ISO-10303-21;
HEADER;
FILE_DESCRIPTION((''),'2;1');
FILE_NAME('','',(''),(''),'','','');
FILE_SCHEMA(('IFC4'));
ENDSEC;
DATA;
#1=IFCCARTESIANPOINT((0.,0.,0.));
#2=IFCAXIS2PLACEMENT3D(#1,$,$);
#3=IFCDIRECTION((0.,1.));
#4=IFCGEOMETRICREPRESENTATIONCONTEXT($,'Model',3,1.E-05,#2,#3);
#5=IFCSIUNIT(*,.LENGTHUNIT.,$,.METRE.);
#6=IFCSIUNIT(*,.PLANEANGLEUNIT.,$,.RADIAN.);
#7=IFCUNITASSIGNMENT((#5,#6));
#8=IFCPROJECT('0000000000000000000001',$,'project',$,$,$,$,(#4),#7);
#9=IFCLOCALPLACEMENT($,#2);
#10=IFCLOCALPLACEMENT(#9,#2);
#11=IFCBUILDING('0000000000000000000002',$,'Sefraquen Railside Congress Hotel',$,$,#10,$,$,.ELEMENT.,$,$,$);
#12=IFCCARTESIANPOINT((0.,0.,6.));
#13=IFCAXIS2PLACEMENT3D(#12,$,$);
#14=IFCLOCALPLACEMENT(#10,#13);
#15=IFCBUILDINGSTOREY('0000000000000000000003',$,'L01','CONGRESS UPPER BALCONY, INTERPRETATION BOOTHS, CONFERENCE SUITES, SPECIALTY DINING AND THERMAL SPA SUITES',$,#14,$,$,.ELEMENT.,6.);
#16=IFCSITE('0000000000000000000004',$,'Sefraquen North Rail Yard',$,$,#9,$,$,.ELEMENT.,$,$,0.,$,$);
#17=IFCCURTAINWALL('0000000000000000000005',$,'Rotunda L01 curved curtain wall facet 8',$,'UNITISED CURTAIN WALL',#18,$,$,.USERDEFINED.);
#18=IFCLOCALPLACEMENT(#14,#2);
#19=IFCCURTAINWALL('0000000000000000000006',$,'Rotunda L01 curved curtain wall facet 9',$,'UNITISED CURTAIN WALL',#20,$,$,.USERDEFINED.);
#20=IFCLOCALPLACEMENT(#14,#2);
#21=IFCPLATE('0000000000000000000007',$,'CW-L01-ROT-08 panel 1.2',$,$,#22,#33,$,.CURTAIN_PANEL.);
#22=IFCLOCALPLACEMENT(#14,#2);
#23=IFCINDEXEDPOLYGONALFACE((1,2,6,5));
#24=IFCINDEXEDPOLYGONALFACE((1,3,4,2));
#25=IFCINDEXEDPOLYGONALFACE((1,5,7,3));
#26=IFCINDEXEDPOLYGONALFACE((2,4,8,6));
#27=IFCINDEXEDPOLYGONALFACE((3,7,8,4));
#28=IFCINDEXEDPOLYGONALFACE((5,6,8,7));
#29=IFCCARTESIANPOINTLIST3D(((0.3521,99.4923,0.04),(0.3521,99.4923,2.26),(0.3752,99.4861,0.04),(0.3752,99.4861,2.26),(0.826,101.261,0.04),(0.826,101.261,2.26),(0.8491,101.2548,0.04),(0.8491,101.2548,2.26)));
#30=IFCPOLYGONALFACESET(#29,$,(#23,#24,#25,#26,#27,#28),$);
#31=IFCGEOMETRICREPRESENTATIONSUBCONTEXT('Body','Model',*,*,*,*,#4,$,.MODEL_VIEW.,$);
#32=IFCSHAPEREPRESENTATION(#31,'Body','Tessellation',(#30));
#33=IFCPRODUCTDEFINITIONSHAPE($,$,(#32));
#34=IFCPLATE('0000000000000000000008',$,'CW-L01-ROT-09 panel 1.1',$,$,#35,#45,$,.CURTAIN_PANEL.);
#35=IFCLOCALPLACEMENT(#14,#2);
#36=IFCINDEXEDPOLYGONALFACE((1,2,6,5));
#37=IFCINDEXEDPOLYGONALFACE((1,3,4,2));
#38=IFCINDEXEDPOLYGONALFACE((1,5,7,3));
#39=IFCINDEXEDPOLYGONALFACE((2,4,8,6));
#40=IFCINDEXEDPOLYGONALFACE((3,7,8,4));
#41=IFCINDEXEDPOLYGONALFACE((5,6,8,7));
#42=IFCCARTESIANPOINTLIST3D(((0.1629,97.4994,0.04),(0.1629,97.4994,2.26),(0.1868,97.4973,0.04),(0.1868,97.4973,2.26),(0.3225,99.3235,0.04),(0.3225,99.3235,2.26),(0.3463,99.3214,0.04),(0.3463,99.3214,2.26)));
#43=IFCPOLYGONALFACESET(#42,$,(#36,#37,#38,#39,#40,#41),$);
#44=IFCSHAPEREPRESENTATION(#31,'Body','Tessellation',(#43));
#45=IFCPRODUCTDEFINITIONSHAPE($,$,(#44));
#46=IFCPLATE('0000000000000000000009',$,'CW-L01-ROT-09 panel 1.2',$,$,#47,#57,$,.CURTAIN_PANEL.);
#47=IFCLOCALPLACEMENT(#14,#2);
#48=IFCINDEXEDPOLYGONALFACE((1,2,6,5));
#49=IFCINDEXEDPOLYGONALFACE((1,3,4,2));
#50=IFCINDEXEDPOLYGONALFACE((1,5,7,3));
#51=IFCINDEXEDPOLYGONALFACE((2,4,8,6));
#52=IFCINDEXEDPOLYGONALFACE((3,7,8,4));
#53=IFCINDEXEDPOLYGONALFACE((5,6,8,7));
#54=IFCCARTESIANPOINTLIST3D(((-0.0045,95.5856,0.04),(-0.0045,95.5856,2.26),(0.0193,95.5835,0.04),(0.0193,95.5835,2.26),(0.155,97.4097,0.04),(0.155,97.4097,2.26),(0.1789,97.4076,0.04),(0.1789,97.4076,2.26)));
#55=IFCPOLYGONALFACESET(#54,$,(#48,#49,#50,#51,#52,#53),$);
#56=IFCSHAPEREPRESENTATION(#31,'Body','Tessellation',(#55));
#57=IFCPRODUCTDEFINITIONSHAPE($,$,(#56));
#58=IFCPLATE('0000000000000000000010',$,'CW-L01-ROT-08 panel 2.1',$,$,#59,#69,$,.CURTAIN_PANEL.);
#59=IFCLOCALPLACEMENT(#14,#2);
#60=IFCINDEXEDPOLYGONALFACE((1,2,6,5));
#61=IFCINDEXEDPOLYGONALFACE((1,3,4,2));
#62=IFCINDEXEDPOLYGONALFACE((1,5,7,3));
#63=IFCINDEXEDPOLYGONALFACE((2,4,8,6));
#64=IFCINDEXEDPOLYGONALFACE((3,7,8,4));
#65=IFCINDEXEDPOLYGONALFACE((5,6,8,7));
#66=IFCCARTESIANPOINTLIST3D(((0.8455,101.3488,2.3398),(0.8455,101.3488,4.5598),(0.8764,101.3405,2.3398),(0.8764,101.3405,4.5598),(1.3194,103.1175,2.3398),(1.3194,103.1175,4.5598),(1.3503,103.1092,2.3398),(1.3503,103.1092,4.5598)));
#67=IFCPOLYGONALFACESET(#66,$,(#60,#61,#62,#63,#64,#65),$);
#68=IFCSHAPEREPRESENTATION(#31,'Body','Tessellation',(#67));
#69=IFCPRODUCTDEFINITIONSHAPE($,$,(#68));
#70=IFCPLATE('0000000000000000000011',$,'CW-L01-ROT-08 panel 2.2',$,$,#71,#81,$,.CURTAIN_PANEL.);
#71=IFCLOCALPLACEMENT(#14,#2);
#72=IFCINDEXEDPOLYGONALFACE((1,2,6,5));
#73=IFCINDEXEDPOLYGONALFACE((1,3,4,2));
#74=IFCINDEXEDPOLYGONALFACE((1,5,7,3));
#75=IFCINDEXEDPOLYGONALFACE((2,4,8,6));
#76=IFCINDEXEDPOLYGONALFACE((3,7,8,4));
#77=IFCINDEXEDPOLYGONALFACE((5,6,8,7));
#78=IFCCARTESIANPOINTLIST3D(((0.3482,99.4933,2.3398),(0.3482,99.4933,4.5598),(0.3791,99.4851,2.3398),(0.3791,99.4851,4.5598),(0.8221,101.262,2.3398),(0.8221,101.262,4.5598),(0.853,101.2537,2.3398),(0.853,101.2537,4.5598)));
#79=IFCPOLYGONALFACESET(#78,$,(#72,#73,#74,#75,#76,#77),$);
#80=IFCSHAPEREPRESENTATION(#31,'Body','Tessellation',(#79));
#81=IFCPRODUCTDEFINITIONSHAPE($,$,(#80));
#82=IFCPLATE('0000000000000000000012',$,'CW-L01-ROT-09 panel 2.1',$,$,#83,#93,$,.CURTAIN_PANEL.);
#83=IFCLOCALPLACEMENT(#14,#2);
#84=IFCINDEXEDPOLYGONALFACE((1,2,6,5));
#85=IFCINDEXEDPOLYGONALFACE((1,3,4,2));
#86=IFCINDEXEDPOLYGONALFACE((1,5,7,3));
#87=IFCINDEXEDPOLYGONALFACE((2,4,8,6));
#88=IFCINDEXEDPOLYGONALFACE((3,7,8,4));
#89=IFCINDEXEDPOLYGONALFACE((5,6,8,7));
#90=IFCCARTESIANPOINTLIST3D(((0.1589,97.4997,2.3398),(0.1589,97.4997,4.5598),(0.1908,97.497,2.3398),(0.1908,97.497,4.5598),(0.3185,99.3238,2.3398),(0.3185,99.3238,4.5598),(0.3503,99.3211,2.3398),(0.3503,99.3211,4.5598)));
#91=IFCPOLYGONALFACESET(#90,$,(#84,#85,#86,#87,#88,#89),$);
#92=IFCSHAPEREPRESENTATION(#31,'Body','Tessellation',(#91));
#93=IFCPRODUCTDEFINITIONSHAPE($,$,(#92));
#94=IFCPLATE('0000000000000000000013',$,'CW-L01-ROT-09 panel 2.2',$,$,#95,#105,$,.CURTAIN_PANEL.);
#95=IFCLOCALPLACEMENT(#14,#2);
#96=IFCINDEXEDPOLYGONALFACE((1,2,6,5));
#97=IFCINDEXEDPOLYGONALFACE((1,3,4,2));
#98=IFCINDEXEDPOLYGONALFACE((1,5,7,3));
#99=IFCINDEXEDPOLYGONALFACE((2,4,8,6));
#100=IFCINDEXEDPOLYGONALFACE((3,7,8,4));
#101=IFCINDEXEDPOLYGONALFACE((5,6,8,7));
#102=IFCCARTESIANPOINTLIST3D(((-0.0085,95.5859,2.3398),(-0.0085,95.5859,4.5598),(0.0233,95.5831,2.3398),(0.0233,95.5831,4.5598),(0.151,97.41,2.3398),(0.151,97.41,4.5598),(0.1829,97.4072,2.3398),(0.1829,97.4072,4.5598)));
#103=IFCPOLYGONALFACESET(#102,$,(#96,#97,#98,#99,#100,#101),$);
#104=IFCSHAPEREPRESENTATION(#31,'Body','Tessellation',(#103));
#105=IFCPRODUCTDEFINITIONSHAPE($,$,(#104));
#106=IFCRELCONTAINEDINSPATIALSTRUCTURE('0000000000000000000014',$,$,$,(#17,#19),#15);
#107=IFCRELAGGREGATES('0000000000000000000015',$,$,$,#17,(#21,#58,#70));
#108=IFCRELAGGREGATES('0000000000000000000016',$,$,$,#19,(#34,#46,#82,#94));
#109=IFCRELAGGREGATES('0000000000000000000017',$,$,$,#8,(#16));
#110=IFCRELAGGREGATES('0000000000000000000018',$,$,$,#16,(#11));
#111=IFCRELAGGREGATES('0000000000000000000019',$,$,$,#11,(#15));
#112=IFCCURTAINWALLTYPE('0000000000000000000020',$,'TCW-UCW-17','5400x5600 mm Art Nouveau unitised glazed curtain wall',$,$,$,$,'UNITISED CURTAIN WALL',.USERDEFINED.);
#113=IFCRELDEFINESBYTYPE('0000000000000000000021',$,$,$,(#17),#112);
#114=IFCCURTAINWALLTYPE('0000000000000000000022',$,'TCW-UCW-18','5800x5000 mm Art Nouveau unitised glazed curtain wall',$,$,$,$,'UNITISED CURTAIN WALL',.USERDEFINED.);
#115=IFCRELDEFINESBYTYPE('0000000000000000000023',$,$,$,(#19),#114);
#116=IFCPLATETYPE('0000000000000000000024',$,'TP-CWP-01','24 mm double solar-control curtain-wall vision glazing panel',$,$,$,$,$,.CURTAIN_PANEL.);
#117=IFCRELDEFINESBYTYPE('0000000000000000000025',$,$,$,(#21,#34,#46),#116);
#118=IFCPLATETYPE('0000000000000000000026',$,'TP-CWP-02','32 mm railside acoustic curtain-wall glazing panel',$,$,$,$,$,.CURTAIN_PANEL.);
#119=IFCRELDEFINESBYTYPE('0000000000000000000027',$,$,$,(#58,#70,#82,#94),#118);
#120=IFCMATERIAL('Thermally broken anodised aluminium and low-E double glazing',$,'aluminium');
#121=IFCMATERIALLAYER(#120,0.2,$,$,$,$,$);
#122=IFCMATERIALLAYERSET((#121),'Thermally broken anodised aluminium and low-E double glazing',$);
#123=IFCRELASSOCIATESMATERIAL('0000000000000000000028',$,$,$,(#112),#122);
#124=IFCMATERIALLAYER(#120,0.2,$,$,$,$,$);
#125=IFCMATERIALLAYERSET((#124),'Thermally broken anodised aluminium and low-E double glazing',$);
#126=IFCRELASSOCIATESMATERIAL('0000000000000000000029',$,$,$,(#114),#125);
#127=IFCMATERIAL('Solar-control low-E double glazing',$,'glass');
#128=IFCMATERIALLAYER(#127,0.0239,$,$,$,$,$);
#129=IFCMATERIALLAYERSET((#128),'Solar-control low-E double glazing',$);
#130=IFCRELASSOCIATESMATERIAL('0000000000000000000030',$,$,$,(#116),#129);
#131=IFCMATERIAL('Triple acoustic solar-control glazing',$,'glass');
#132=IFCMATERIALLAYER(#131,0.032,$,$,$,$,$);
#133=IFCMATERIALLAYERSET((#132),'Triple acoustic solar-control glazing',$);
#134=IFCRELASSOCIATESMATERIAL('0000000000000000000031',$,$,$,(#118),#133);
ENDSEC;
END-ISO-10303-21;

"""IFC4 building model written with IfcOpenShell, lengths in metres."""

from ifc_helpers import new_model, si_unit, direction, frame, origin, origin_2d, place, context, subcontext, project, spatial, rectangle, extrude, material, layer, layer_set, type_object, element, aggregate, save


model = new_model("IFC4")

# Units and contexts
model_context = context("Model", 3, precision=1e-05, world=origin(), true_north=direction((0.0, 1.0)))
body_context = subcontext(model_context, "Body", "Model", "MODEL_VIEW")
ifc_project = project(units=[si_unit("LENGTHUNIT", "METRE"), si_unit("PLANEANGLEUNIT", "RADIAN")], contexts=[model_context])

# Site, building, storey
site_placement = place(None, origin())
site = spatial("IfcSite", under=ifc_project, at=site_placement, Name="Sefraquen North Rail Yard", CompositionType="ELEMENT", RefElevation=0.0)
building_placement = place(site_placement, origin())
building = spatial("IfcBuilding", under=site, at=building_placement, Name="Sefraquen Railside Congress Hotel", CompositionType="ELEMENT")
storey_placement = place(building_placement, frame((0.0, 0.0, 6.0)))
storey = spatial("IfcBuildingStorey", under=building, at=storey_placement, Name="L01", Description="CONGRESS UPPER BALCONY, INTERPRETATION BOOTHS, CONFERENCE SUITES, SPECIALTY DINING AND THERMAL SPA SUITES", CompositionType="ELEMENT", Elevation=6.0)

# Curtain walls
ifc_material_1 = material(Name="Thermally broken anodised aluminium and low-E double glazing", Category="aluminium")
ifc_layer_1 = layer(ifc_material_1, 0.2)
ifc_layer_set_1 = layer_set([ifc_layer_1], Name="Thermally broken anodised aluminium and low-E double glazing")
curtain_wall_type_1 = type_object("IfcCurtainWallType", Name="TCW-UCW-17", Description="5400x5600 mm Art Nouveau unitised glazed curtain wall", ElementType="UNITISED CURTAIN WALL", PredefinedType="USERDEFINED", material=ifc_layer_set_1)
curtain_wall_1_placement = place(storey_placement, origin())
curtain_wall_1 = element("IfcCurtainWall", 1, at=curtain_wall_1_placement, inside=storey, type_object=curtain_wall_type_1, Name="Rotunda L01 curved curtain wall facet 8", ObjectType="UNITISED CURTAIN WALL", PredefinedType="USERDEFINED")
ifc_layer_2 = layer(ifc_material_1, 0.2)
ifc_layer_set_2 = layer_set([ifc_layer_2], Name="Thermally broken anodised aluminium and low-E double glazing")
curtain_wall_type_2 = type_object("IfcCurtainWallType", Name="TCW-UCW-18", Description="5800x5000 mm Art Nouveau unitised glazed curtain wall", ElementType="UNITISED CURTAIN WALL", PredefinedType="USERDEFINED", material=ifc_layer_set_2)
curtain_wall_2_placement = place(storey_placement, origin())
curtain_wall_2 = element("IfcCurtainWall", 2, at=curtain_wall_2_placement, inside=storey, type_object=curtain_wall_type_2, Name="Rotunda L01 curved curtain wall facet 9", ObjectType="UNITISED CURTAIN WALL", PredefinedType="USERDEFINED")

# Plates
ifc_material_2 = material(Name="Solar-control low-E double glazing", Category="glass")
ifc_layer_3 = layer(ifc_material_2, 0.0239)
ifc_layer_set_3 = layer_set([ifc_layer_3], Name="Solar-control low-E double glazing")
plate_type_1 = type_object("IfcPlateType", Name="TP-CWP-01", Description="24 mm double solar-control curtain-wall vision glazing panel", PredefinedType="CURTAIN_PANEL", material=ifc_layer_set_3)
plate_1_placement = place(storey_placement, frame((0.6006, 100.3735, 0.04), z_axis=(0.0, 0.0, 1.0), x_axis=(-0.258785, -0.965935, 0.0)))
plate_1 = element("IfcPlate", 3, at=plate_1_placement, type_object=plate_type_1, Name="CW-L01-ROT-08 panel 1.2", PredefinedType="CURTAIN_PANEL", context=body_context, shape_type="SweptSolid", body=[
    extrude(rectangle(XDim=1.8311, YDim=0.0239, at=origin_2d()), origin(), (0.0, 0.0, 1.0), 2.22),
])
plate_2_placement = place(storey_placement, frame((0.2546, 98.4104, 0.04), z_axis=(0.0, 0.0, 1.0), x_axis=(-0.087138, -0.996196, 0.0)))
plate_2 = element("IfcPlate", 4, at=plate_2_placement, type_object=plate_type_1, Name="CW-L01-ROT-09 panel 1.1", PredefinedType="CURTAIN_PANEL", context=body_context, shape_type="SweptSolid", body=[
    extrude(rectangle(XDim=1.8311, YDim=0.0239, at=origin_2d()), origin(), (0.0, 0.0, 1.0), 2.22),
])
plate_3_placement = place(storey_placement, frame((0.0872, 96.4966, 0.04), z_axis=(0.0, 0.0, 1.0), x_axis=(-0.087138, -0.996196, 0.0)))
plate_3 = element("IfcPlate", 5, at=plate_3_placement, type_object=plate_type_1, Name="CW-L01-ROT-09 panel 1.2", PredefinedType="CURTAIN_PANEL", context=body_context, shape_type="SweptSolid", body=[
    extrude(rectangle(XDim=1.8311, YDim=0.0239, at=origin_2d()), origin(), (0.0, 0.0, 1.0), 2.22),
])
ifc_material_3 = material(Name="Triple acoustic solar-control glazing", Category="glass")
ifc_layer_4 = layer(ifc_material_3, 0.032)
ifc_layer_set_4 = layer_set([ifc_layer_4], Name="Triple acoustic solar-control glazing")
plate_type_2 = type_object("IfcPlateType", Name="TP-CWP-02", Description="32 mm railside acoustic curtain-wall glazing panel", PredefinedType="CURTAIN_PANEL", material=ifc_layer_set_4)
plate_4_placement = place(storey_placement, frame((1.0979, 102.229, 2.3398), z_axis=(0.0, 0.0, 1.0), x_axis=(-0.258785, -0.965935, 0.0)))
plate_4 = element("IfcPlate", 6, at=plate_4_placement, type_object=plate_type_2, Name="CW-L01-ROT-08 panel 2.1", PredefinedType="CURTAIN_PANEL", context=body_context, shape_type="SweptSolid", body=[
    extrude(rectangle(XDim=1.8311, YDim=0.032, at=origin_2d()), origin(), (0.0, 0.0, 1.0), 2.22),
])
plate_5_placement = place(storey_placement, frame((0.6006, 100.3735, 2.3398), z_axis=(0.0, 0.0, 1.0), x_axis=(-0.258785, -0.965935, 0.0)))
plate_5 = element("IfcPlate", 7, at=plate_5_placement, type_object=plate_type_2, Name="CW-L01-ROT-08 panel 2.2", PredefinedType="CURTAIN_PANEL", context=body_context, shape_type="SweptSolid", body=[
    extrude(rectangle(XDim=1.8311, YDim=0.032, at=origin_2d()), origin(), (0.0, 0.0, 1.0), 2.22),
])
aggregate(curtain_wall_1, [plate_1, plate_4, plate_5])
plate_6_placement = place(storey_placement, frame((0.2546, 98.4104, 2.3398), z_axis=(0.0, 0.0, 1.0), x_axis=(-0.087138, -0.996196, 0.0)))
plate_6 = element("IfcPlate", 8, at=plate_6_placement, type_object=plate_type_2, Name="CW-L01-ROT-09 panel 2.1", PredefinedType="CURTAIN_PANEL", context=body_context, shape_type="SweptSolid", body=[
    extrude(rectangle(XDim=1.8311, YDim=0.032, at=origin_2d()), origin(), (0.0, 0.0, 1.0), 2.22),
])
plate_7_placement = place(storey_placement, frame((0.0872, 96.4966, 2.3398), z_axis=(0.0, 0.0, 1.0), x_axis=(-0.087138, -0.996196, 0.0)))
plate_7 = element("IfcPlate", 9, at=plate_7_placement, type_object=plate_type_2, Name="CW-L01-ROT-09 panel 2.2", PredefinedType="CURTAIN_PANEL", context=body_context, shape_type="SweptSolid", body=[
    extrude(rectangle(XDim=1.8311, YDim=0.032, at=origin_2d()), origin(), (0.0, 0.0, 1.0), 2.22),
])
aggregate(curtain_wall_2, [plate_2, plate_3, plate_6, plate_7])

save(model, "model.ifc")
